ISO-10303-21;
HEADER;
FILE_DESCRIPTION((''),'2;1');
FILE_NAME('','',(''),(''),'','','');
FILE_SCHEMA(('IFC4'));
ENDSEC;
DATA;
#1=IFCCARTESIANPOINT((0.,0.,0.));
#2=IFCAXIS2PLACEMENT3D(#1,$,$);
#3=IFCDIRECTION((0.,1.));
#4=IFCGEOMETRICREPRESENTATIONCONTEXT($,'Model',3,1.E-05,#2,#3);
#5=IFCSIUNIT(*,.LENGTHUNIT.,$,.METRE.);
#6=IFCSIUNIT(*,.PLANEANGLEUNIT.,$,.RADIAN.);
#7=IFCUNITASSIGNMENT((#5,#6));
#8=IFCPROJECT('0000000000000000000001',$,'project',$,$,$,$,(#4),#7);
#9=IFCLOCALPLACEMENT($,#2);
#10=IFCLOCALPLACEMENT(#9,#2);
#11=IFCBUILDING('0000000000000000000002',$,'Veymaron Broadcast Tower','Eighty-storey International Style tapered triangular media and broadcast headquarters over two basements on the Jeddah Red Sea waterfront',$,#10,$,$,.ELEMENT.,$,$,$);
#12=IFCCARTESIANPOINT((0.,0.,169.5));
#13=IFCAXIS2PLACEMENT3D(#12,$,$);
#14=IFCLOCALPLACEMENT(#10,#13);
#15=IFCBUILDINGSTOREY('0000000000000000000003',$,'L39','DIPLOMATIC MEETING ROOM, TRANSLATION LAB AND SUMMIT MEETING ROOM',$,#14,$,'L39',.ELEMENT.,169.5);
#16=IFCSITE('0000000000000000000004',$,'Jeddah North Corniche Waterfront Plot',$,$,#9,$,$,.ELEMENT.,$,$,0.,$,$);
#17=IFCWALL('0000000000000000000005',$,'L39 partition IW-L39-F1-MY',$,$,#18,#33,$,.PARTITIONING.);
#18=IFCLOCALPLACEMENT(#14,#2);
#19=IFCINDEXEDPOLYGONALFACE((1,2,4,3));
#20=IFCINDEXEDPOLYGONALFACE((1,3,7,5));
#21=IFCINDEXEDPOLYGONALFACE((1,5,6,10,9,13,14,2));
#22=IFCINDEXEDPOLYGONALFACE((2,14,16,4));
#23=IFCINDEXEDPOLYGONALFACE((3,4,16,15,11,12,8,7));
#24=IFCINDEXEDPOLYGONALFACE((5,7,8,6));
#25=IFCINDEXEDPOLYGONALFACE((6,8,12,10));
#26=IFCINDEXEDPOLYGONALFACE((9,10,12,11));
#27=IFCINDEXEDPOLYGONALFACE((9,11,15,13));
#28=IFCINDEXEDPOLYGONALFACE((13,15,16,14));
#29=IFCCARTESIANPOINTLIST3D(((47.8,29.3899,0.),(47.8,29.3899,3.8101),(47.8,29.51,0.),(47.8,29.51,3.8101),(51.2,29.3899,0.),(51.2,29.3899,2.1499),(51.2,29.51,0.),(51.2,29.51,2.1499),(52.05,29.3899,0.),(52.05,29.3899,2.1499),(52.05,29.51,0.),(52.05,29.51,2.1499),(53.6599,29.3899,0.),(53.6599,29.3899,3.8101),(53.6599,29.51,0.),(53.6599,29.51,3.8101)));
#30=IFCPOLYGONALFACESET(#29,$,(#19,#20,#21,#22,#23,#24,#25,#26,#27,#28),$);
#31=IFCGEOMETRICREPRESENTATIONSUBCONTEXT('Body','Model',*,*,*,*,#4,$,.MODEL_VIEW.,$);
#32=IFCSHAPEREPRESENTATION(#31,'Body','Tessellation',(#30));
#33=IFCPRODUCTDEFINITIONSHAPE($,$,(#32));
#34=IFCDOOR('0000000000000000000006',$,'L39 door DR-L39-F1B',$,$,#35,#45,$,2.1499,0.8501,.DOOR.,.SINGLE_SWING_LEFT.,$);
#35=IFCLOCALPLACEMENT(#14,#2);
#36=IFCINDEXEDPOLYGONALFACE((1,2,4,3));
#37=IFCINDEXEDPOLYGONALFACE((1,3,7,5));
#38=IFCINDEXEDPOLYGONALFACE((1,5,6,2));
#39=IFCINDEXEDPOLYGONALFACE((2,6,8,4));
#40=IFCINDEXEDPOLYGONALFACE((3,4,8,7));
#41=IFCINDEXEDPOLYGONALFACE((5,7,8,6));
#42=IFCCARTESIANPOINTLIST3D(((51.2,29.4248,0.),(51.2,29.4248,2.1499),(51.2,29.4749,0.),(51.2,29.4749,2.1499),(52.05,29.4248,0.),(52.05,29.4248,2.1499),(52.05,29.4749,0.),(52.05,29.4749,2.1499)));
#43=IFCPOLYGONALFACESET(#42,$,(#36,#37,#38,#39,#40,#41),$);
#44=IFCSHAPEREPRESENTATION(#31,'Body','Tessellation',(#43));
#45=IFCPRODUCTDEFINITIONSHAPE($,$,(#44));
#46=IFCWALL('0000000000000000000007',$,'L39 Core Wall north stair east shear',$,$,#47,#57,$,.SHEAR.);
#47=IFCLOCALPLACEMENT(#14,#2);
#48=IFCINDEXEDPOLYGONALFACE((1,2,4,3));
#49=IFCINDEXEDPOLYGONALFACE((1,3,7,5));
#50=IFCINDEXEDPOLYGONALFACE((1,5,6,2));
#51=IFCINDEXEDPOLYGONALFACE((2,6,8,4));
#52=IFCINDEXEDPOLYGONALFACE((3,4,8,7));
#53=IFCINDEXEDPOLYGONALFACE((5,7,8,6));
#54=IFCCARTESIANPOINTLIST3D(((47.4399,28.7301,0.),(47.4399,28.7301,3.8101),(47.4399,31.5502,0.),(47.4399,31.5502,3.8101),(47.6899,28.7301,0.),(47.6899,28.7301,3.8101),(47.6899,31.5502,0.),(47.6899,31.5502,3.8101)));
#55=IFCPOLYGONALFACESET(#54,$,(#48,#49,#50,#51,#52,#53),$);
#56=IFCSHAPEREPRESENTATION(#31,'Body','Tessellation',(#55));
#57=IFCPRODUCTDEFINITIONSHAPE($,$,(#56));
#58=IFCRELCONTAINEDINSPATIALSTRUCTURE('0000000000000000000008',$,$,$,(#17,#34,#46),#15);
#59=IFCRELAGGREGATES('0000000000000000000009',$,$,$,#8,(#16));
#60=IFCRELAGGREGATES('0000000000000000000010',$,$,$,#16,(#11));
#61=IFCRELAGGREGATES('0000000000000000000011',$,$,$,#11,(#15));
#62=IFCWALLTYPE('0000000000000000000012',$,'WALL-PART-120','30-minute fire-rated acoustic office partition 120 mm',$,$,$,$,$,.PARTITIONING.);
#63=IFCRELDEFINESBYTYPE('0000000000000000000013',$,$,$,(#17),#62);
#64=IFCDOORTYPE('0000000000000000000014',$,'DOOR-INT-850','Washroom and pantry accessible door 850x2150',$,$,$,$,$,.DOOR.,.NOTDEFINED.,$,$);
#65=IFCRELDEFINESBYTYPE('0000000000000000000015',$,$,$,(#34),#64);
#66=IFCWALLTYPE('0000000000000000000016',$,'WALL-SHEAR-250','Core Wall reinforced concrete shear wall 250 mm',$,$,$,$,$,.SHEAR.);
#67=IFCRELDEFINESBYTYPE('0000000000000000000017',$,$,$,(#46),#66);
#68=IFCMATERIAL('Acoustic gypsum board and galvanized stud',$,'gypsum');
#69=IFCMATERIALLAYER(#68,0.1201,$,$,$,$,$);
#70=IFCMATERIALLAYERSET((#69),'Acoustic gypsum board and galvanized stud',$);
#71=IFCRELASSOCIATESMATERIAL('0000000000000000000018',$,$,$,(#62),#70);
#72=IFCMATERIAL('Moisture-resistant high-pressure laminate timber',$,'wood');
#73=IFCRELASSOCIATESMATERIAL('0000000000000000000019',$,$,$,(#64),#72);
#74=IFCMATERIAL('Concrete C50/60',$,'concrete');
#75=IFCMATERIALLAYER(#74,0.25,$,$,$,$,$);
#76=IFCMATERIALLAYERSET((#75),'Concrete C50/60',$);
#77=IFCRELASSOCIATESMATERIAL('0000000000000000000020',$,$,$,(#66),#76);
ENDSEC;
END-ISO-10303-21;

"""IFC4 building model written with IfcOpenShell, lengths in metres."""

from ifc_helpers import new_model, si_unit, direction, frame, frame_2d, origin, place, context, subcontext, project, spatial, rectangle, extrude, material, layer, layer_set, type_object, element, fill, save


model = new_model("IFC4")

# Units and contexts
model_context = context("Model", 3, precision=1e-05, world=origin(), true_north=direction((0.0, 1.0)))
body_context = subcontext(model_context, "Body", "Model", "MODEL_VIEW")
ifc_project = project(units=[si_unit("LENGTHUNIT", "METRE"), si_unit("PLANEANGLEUNIT", "RADIAN")], contexts=[model_context])

# Site, building, storey
site_placement = place(None, origin())
site = spatial("IfcSite", under=ifc_project, at=site_placement, Name="Jeddah North Corniche Waterfront Plot", CompositionType="ELEMENT", RefElevation=0.0)
building_placement = place(site_placement, origin())
building = spatial("IfcBuilding", under=site, at=building_placement, Name="Veymaron Broadcast Tower", Description="Eighty-storey International Style tapered triangular media and broadcast headquarters over two basements on the Jeddah Red Sea waterfront", CompositionType="ELEMENT")
storey_placement = place(building_placement, frame((0.0, 0.0, 169.5)))
storey = spatial("IfcBuildingStorey", under=building, at=storey_placement, Name="L39", Description="DIPLOMATIC MEETING ROOM, TRANSLATION LAB AND SUMMIT MEETING ROOM", LongName="L39", CompositionType="ELEMENT", Elevation=169.5)

# Wall, opening, door
ifc_material_1 = material(Name="Acoustic gypsum board and galvanized stud", Category="gypsum")
ifc_layer_1 = layer(ifc_material_1, 0.1201)
ifc_layer_set_1 = layer_set([ifc_layer_1], Name="Acoustic gypsum board and galvanized stud")
wall_type_1 = type_object("IfcWallType", Name="WALL-PART-120", Description="30-minute fire-rated acoustic office partition 120 mm", PredefinedType="PARTITIONING", material=ifc_layer_set_1)
ifc_material_2 = material(Name="Moisture-resistant high-pressure laminate timber", Category="wood")
door_type_1 = type_object("IfcDoorType", Name="DOOR-INT-850", Description="Washroom and pantry accessible door 850x2150", OperationType="NOTDEFINED", PredefinedType="DOOR", material=ifc_material_2)
wall_1_placement = place(storey_placement, frame((47.8, 29.45, 0.0), z_axis=(0.0, 0.0, 1.0), x_axis=(1.0, 0.0, 0.0)))
wall_1 = element("IfcWall", 1, at=wall_1_placement, inside=storey, type_object=wall_type_1, Name="L39 partition IW-L39-F1-MY", PredefinedType="PARTITIONING", context=body_context, shape_type="SweptSolid", body=[
    extrude(rectangle(XDim=5.8599, YDim=0.1201, at=frame_2d((2.9299, 0.0))), origin(), (0.0, 0.0, 1.0), 3.8101),
])
opening_1_placement = place(wall_1_placement, frame((3.3999, 0.0, 0.0)))
opening_1 = element("IfcOpeningElement", 2, at=opening_1_placement, cuts=wall_1, PredefinedType="OPENING", context=body_context, shape_type="SweptSolid", body=[
    extrude(rectangle(XDim=0.8501, YDim=2.1499, at=frame_2d((0.425, 1.075))), frame((0.0, 0.0701, 0.0), z_axis=(0.0, -1.0, 0.0), x_axis=(1.0, 0.0, 0.0)), (0.0, 0.0, 1.0), 0.1401),
])
door_1_placement = place(opening_1_placement, origin())
door_1 = element("IfcDoor", 3, at=door_1_placement, inside=storey, type_object=door_type_1, Name="L39 door DR-L39-F1B", OperationType="SINGLE_SWING_LEFT", OverallHeight=2.1499, OverallWidth=0.8501, PredefinedType="DOOR", context=body_context, shape_type="SweptSolid", body=[
    extrude(rectangle(XDim=0.8501, YDim=2.1499, at=frame_2d((0.425, 1.075))), frame((0.0, 0.0249, 0.0), z_axis=(0.0, -1.0, 0.0), x_axis=(1.0, 0.0, 0.0)), (0.0, 0.0, 1.0), 0.05),
])
fill(opening_1, door_1)

# Wall
ifc_material_3 = material(Name="Concrete C50/60", Category="concrete")
ifc_layer_2 = layer(ifc_material_3, 0.25)
ifc_layer_set_2 = layer_set([ifc_layer_2], Name="Concrete C50/60")
wall_type_2 = type_object("IfcWallType", Name="WALL-SHEAR-250", Description="Core Wall reinforced concrete shear wall 250 mm", PredefinedType="SHEAR", material=ifc_layer_set_2)
wall_2_placement = place(storey_placement, frame((47.5649, 28.73, 0.0), z_axis=(0.0, 0.0, 1.0), x_axis=(0.0, 1.0, 0.0)))
element("IfcWall", 4, at=wall_2_placement, inside=storey, type_object=wall_type_2, Name="L39 Core Wall north stair east shear", PredefinedType="SHEAR", context=body_context, shape_type="SweptSolid", body=[
    extrude(rectangle(XDim=2.8201, YDim=0.25, at=frame_2d((1.4102, 0.0))), origin(), (0.0, 0.0, 1.0), 3.8101),
])

save(model, "model.ifc")
